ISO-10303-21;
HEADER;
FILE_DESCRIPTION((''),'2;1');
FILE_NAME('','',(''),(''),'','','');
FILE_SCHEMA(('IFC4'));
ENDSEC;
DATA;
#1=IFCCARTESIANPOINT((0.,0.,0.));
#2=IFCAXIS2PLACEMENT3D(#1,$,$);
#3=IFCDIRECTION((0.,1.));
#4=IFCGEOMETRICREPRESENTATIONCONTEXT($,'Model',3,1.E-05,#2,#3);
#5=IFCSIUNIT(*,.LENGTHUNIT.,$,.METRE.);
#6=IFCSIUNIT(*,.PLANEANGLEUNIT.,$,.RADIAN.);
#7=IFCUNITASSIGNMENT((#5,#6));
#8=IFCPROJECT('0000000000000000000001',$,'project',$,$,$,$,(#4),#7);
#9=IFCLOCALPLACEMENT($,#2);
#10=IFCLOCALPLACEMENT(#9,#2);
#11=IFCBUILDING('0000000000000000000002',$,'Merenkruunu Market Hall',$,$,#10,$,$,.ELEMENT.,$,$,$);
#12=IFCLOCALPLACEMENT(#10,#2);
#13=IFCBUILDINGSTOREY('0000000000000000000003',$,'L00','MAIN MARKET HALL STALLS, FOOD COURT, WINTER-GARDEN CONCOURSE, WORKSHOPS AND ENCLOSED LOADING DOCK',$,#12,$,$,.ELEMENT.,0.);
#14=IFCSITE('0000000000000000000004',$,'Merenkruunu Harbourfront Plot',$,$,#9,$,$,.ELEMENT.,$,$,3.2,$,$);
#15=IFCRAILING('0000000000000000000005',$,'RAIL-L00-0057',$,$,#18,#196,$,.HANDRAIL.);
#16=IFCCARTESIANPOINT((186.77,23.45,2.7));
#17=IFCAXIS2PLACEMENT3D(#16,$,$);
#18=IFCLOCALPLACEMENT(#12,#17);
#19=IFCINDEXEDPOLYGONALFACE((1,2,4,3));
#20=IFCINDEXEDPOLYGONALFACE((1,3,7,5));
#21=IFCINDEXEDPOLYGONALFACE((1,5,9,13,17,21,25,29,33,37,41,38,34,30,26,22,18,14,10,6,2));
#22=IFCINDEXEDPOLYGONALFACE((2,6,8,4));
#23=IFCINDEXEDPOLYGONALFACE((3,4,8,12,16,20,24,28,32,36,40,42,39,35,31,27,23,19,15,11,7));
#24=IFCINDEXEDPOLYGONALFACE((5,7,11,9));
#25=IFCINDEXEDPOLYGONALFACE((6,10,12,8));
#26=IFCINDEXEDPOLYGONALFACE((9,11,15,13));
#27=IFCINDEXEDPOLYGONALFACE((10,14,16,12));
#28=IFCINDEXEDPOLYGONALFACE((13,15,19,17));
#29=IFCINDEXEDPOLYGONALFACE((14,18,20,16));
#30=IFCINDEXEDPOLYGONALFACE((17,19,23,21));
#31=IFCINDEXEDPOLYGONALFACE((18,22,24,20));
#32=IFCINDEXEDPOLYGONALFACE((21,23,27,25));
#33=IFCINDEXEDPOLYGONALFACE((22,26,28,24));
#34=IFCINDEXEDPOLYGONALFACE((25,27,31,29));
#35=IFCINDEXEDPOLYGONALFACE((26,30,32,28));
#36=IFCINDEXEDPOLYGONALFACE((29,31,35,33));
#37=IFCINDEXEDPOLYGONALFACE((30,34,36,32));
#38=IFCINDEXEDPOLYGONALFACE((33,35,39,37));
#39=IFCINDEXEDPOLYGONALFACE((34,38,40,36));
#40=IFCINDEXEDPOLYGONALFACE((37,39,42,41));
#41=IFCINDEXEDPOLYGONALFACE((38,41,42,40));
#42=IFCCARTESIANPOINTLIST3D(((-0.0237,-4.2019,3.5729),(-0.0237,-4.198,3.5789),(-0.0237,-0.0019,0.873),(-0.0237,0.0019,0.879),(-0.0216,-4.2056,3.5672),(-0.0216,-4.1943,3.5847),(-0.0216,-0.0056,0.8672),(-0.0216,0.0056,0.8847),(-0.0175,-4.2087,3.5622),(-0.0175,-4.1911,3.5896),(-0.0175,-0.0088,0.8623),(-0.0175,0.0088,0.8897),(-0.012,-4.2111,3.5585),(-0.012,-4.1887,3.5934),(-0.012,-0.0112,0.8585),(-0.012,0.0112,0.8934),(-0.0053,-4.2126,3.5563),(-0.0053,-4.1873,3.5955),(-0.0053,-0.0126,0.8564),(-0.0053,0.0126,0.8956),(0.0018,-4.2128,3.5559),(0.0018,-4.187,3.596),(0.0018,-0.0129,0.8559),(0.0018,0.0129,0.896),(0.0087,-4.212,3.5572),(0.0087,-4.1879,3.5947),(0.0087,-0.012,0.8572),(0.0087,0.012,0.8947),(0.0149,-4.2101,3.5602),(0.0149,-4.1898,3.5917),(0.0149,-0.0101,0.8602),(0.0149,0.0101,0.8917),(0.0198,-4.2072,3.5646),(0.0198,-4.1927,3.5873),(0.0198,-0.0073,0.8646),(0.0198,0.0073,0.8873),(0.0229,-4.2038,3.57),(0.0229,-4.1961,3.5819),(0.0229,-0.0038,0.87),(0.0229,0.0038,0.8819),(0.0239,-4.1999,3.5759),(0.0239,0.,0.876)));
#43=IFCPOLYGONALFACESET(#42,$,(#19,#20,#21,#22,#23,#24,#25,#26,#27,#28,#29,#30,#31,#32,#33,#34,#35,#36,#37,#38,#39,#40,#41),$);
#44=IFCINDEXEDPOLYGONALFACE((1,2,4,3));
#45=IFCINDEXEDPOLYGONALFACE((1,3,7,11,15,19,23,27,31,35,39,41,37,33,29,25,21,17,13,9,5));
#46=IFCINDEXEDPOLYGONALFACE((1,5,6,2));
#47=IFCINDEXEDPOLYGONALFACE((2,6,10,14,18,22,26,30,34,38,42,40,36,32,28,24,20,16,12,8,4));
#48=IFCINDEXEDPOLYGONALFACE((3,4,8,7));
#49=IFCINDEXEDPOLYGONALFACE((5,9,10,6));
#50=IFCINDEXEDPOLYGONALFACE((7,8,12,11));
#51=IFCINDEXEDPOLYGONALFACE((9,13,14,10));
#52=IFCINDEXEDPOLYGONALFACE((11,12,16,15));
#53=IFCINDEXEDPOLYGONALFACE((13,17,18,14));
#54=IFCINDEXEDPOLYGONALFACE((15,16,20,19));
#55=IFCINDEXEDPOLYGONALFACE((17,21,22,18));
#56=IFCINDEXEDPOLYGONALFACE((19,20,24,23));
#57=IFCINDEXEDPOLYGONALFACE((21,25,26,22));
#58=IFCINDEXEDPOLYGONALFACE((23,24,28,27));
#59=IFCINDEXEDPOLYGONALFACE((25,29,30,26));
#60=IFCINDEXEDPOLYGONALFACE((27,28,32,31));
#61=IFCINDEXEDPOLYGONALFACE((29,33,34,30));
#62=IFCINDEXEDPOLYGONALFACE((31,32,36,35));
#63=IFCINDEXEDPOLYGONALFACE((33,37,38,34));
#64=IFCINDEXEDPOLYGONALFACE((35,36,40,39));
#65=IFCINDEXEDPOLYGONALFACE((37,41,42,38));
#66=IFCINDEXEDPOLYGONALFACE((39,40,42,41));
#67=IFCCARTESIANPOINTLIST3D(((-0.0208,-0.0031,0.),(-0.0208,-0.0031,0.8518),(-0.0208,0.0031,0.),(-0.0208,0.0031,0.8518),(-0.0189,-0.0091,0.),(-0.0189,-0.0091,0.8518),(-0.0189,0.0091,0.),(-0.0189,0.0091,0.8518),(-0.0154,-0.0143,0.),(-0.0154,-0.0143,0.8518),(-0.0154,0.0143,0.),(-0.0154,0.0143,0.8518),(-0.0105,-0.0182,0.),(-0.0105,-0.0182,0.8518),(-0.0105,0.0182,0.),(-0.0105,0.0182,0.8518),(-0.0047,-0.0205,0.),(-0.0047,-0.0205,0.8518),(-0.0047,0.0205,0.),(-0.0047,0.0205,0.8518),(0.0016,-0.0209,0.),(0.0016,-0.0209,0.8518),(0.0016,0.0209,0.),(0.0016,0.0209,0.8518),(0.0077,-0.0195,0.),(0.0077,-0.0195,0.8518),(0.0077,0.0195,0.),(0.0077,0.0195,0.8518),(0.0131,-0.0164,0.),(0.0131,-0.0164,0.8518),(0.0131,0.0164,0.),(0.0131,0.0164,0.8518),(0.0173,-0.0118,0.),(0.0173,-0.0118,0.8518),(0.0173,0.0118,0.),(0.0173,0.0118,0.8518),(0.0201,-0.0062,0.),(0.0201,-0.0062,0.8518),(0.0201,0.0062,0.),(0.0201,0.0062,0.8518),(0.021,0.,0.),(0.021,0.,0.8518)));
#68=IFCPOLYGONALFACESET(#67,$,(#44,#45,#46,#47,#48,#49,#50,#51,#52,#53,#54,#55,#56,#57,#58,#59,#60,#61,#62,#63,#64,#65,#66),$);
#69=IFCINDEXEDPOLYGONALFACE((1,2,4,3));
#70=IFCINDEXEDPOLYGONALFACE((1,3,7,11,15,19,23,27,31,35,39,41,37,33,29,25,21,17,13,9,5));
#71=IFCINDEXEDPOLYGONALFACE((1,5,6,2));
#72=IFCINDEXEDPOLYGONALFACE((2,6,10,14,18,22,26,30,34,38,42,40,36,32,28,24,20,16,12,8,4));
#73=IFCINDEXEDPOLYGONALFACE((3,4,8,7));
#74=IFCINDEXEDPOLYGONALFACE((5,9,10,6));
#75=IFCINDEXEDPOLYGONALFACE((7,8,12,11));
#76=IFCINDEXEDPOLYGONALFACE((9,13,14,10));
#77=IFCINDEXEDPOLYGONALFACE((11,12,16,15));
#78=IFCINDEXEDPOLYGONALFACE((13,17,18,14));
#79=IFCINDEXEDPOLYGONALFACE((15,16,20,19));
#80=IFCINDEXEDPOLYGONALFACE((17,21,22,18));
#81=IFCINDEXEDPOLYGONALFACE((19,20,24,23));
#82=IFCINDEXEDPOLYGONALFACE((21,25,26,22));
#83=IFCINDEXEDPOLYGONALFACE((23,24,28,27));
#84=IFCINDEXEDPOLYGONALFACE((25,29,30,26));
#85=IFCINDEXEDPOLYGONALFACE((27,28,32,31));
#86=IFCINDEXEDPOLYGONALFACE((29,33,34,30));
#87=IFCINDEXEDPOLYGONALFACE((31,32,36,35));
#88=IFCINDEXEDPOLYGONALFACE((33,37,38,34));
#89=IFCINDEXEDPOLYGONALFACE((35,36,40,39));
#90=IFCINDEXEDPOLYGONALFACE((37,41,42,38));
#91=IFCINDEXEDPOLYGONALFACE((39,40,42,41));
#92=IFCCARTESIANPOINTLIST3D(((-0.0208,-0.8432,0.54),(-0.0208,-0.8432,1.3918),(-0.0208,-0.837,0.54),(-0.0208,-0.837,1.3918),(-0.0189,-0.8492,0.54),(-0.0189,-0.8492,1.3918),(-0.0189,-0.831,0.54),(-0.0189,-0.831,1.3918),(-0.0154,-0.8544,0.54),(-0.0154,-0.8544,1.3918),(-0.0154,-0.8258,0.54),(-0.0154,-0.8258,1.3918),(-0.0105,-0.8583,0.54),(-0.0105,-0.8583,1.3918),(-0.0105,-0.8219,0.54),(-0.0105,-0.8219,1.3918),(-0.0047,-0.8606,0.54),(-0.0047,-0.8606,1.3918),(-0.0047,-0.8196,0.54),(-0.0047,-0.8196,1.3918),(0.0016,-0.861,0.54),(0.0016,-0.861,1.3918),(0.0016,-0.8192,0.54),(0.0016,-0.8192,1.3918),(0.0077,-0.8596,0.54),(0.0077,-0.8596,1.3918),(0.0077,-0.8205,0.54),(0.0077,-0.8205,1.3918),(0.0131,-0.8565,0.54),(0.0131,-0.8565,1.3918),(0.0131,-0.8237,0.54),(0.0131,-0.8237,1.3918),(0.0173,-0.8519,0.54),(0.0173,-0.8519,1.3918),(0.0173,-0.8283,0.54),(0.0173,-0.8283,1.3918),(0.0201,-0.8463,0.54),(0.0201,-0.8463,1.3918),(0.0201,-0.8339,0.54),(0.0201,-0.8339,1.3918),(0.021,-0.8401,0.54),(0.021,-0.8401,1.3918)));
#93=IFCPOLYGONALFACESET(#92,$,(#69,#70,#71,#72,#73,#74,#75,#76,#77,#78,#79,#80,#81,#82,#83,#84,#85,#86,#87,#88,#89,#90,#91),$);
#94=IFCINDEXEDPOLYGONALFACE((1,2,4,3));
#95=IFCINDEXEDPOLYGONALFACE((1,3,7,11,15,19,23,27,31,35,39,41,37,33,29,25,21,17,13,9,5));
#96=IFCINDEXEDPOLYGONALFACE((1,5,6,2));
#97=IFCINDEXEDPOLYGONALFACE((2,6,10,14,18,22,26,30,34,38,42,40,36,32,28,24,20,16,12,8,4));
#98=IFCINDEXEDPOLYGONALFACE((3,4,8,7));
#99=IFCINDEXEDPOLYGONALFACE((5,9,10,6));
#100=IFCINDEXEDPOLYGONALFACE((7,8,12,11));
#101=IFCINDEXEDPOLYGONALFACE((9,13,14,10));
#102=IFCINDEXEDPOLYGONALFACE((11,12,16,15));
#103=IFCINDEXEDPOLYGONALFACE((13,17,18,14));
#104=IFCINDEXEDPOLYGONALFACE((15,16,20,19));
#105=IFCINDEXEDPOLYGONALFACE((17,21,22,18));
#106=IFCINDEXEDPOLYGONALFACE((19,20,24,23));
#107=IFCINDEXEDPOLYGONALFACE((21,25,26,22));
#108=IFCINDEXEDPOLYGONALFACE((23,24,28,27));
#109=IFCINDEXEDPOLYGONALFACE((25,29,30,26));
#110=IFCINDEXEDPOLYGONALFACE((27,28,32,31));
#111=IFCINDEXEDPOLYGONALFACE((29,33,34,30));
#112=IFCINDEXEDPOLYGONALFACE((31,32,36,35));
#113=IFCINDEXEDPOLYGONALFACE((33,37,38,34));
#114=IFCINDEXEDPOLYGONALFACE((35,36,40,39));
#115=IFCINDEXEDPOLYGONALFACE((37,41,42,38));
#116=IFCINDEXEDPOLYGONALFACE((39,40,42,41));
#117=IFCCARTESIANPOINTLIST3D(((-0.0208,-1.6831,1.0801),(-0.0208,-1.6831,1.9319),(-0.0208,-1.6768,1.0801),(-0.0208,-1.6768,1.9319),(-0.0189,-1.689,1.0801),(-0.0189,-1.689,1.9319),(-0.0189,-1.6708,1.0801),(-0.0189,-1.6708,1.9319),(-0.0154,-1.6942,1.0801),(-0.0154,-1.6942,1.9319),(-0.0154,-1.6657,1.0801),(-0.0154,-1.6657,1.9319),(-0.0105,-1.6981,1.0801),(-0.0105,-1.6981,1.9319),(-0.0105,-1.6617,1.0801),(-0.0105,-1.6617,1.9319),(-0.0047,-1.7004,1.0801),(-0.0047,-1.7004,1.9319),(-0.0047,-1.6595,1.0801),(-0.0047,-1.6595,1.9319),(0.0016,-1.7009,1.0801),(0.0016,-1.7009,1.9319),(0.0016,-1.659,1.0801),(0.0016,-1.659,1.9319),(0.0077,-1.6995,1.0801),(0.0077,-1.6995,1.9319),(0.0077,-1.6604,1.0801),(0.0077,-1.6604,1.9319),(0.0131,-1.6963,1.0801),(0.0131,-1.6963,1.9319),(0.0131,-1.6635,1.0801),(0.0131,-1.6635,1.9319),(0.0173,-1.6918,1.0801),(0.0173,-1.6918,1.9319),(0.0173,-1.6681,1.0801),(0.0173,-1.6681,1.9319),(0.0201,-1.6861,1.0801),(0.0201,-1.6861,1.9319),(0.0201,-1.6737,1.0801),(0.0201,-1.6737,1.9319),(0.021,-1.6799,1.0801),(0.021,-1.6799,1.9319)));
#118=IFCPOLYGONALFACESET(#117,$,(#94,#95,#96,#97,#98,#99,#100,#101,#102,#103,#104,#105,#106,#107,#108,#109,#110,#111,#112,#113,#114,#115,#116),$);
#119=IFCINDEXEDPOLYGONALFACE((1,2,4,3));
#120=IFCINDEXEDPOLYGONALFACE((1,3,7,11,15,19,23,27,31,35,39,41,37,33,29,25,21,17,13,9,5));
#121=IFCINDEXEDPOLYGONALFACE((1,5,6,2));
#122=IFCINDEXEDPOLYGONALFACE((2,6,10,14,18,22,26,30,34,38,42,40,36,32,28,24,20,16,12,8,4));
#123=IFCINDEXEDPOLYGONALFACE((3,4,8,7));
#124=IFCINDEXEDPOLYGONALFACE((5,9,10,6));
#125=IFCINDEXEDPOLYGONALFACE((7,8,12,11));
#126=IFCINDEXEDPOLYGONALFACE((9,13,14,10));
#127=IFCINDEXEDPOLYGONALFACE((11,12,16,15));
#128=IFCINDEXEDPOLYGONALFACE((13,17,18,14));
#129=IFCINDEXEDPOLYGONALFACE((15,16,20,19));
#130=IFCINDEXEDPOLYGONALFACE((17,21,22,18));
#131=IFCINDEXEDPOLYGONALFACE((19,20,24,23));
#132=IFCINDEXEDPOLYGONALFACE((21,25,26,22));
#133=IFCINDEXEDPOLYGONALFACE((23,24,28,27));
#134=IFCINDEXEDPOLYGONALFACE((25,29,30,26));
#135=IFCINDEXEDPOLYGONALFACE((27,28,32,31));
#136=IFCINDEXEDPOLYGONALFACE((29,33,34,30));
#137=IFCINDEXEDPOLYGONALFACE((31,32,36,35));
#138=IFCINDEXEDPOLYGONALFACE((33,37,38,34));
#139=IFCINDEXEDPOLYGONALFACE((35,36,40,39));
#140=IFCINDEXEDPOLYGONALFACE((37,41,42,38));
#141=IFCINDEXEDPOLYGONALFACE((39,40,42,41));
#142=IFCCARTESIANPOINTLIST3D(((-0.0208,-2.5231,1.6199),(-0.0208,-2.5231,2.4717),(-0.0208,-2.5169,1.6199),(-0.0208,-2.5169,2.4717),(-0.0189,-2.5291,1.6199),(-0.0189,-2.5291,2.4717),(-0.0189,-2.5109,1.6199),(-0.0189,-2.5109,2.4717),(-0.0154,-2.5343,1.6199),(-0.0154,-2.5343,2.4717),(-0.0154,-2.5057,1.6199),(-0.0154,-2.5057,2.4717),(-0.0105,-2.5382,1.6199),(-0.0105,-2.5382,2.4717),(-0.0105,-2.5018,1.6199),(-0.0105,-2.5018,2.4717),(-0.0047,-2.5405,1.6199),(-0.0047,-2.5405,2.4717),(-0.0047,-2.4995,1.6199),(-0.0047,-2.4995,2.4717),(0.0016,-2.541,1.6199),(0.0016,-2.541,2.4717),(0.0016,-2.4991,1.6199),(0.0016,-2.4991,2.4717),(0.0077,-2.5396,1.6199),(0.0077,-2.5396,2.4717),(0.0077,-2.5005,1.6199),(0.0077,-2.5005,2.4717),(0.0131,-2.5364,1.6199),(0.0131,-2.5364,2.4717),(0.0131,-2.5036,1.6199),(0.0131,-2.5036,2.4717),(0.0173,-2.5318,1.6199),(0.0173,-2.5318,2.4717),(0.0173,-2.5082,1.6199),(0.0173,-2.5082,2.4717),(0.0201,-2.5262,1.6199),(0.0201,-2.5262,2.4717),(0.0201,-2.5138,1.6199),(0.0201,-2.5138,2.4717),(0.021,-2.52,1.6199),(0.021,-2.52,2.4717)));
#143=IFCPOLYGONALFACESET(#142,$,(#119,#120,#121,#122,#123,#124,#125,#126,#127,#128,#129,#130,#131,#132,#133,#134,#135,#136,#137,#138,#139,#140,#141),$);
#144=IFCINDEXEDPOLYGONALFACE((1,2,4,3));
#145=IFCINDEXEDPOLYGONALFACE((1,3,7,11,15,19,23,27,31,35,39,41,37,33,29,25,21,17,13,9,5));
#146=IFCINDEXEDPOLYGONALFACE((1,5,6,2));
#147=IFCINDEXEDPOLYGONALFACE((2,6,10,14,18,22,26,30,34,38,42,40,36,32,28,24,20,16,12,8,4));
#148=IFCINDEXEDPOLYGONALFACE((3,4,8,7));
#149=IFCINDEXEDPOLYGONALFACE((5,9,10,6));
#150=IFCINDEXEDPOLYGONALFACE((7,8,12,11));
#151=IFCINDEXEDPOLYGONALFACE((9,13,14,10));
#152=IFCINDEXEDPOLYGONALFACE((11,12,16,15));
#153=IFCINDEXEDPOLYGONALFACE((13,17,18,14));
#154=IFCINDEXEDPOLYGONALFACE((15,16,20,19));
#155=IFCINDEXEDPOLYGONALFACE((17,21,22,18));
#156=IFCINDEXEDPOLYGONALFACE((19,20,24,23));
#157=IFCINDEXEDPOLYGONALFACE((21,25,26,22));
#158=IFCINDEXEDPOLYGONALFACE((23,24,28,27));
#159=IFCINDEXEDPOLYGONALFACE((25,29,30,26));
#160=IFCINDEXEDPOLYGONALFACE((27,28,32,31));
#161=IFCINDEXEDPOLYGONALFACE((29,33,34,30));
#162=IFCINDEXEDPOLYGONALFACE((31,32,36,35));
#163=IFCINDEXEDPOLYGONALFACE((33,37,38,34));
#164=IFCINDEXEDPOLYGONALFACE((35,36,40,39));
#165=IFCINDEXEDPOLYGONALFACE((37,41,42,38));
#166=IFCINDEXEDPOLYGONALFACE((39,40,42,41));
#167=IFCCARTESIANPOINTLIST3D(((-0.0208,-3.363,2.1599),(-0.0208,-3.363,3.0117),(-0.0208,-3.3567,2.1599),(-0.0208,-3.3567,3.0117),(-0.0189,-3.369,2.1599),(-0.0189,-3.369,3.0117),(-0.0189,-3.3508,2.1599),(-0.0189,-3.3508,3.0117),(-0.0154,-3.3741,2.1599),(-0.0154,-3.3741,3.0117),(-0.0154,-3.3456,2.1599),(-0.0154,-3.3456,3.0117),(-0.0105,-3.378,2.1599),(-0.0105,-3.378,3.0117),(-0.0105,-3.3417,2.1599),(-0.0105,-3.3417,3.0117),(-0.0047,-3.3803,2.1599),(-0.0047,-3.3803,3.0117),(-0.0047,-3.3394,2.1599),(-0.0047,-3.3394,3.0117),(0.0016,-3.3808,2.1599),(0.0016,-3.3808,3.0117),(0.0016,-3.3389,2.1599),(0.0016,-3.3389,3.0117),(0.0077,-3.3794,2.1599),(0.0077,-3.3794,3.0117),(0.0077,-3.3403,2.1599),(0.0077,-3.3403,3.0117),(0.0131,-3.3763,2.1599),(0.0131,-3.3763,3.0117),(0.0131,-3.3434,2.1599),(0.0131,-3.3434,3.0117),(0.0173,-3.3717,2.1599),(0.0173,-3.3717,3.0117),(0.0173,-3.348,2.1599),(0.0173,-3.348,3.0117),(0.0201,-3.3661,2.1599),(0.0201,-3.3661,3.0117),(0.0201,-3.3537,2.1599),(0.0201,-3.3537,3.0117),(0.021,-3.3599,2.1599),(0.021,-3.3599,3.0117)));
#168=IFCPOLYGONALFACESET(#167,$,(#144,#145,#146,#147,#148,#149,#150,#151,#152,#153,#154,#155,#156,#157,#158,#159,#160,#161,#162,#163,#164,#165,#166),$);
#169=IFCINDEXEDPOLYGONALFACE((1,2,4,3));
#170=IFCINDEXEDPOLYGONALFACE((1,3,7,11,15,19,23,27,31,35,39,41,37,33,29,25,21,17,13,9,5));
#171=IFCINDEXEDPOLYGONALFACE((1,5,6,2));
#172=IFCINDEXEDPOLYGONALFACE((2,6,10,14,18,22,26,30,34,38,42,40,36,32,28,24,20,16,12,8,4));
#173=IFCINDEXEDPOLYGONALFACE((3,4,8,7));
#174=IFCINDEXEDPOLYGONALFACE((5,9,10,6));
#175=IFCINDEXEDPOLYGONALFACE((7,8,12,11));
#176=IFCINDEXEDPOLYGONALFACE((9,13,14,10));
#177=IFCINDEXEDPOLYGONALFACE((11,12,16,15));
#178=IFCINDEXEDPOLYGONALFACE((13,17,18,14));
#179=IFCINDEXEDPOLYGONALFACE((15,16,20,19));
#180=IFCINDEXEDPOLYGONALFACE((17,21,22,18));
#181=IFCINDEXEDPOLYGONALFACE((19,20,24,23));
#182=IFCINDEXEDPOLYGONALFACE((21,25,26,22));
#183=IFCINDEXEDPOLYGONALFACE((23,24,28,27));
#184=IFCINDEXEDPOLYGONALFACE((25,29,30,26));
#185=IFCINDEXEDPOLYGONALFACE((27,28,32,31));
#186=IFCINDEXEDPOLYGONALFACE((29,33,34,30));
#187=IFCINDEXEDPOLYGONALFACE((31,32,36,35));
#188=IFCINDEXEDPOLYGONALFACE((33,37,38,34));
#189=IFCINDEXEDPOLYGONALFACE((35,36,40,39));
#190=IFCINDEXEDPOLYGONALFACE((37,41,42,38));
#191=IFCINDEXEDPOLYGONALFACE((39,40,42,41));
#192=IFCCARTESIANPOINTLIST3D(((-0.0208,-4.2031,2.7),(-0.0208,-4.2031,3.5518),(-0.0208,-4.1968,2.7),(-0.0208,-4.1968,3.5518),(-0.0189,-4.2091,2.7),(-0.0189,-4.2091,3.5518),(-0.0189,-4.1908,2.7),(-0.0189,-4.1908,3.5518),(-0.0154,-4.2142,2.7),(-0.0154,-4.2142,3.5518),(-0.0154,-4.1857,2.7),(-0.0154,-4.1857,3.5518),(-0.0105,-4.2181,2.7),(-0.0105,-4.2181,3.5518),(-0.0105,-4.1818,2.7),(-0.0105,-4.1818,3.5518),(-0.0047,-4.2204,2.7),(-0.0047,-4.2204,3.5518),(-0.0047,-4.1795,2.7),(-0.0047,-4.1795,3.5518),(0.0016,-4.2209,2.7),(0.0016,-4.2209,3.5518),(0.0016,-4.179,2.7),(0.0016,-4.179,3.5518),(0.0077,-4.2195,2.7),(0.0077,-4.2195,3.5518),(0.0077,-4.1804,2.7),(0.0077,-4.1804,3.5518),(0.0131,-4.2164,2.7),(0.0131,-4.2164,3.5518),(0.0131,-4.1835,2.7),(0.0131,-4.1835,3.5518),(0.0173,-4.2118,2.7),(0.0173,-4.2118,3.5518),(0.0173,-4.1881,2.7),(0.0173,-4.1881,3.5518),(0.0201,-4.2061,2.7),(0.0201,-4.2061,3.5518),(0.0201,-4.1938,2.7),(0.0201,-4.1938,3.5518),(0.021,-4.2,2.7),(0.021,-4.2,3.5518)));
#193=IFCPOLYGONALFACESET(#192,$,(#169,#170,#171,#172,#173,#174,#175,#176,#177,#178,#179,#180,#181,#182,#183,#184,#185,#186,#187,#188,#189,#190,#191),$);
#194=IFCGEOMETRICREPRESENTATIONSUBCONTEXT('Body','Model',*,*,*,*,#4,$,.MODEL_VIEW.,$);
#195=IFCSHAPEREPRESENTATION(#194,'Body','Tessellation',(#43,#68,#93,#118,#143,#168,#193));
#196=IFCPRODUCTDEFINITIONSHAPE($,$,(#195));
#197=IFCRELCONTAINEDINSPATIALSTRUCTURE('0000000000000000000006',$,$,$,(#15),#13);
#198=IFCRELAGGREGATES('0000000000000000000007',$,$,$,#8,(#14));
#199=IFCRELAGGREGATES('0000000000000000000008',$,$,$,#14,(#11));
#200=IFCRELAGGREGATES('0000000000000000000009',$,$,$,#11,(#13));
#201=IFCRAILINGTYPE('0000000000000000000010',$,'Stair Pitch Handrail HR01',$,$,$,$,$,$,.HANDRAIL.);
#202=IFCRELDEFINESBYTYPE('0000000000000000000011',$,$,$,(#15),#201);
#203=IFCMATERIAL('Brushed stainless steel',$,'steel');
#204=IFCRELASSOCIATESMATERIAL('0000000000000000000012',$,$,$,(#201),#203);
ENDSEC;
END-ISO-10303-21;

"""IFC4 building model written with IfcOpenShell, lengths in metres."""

from ifc_helpers import new_model, si_unit, direction, frame, origin, origin_2d, place, context, subcontext, project, spatial, circle, extrude, material, type_object, element, save


model = new_model("IFC4")

# Units and contexts
model_context = context("Model", 3, precision=1e-05, world=origin(), true_north=direction((0.0, 1.0)))
body_context = subcontext(model_context, "Body", "Model", "MODEL_VIEW")
ifc_project = project(units=[si_unit("LENGTHUNIT", "METRE"), si_unit("PLANEANGLEUNIT", "RADIAN")], contexts=[model_context])

# Site, building, storey
site_placement = place(None, origin())
site = spatial("IfcSite", under=ifc_project, at=site_placement, Name="Merenkruunu Harbourfront Plot", CompositionType="ELEMENT", RefElevation=3.2)
building_placement = place(site_placement, origin())
building = spatial("IfcBuilding", under=site, at=building_placement, Name="Merenkruunu Market Hall", CompositionType="ELEMENT")
storey_placement = place(building_placement, origin())
storey = spatial("IfcBuildingStorey", under=building, at=storey_placement, Name="L00", Description="MAIN MARKET HALL STALLS, FOOD COURT, WINTER-GARDEN CONCOURSE, WORKSHOPS AND ENCLOSED LOADING DOCK", CompositionType="ELEMENT", Elevation=0.0)

# Railing
ifc_material_1 = material(Name="Brushed stainless steel", Category="steel")
railing_type_1 = type_object("IfcRailingType", Name="Stair Pitch Handrail HR01", PredefinedType="HANDRAIL", material=ifc_material_1)
railing_1_placement = place(storey_placement, frame((186.77, 23.45, 2.7)))
element("IfcRailing", 1, at=railing_1_placement, inside=storey, type_object=railing_type_1, Name="RAIL-L00-0057", PredefinedType="HANDRAIL", context=body_context, shape_type="SweptSolid", body=[
    extrude(circle(Radius=0.0239, at=origin_2d()), frame((0.0, 0.0, 0.876), z_axis=(0.0, -0.84118, 0.540755), x_axis=(1.0, 0.0, 0.0)), (0.0, 0.0, 1.0), 4.9929),
    extrude(circle(Radius=0.021, at=origin_2d()), origin(), (0.0, 0.0, 1.0), 0.8518),
    extrude(circle(Radius=0.021, at=origin_2d()), frame((0.0, -0.8401, 0.54)), (0.0, 0.0, 1.0), 0.8518),
    extrude(circle(Radius=0.021, at=origin_2d()), frame((0.0, -1.6799, 1.0801)), (0.0, 0.0, 1.0), 0.8518),
    extrude(circle(Radius=0.021, at=origin_2d()), frame((0.0, -2.52, 1.6199)), (0.0, 0.0, 1.0), 0.8518),
    extrude(circle(Radius=0.021, at=origin_2d()), frame((0.0, -3.3599, 2.1599)), (0.0, 0.0, 1.0), 0.8518),
    extrude(circle(Radius=0.021, at=origin_2d()), frame((0.0, -4.2, 2.7)), (0.0, 0.0, 1.0), 0.8518),
])

save(model, "model.ifc")
